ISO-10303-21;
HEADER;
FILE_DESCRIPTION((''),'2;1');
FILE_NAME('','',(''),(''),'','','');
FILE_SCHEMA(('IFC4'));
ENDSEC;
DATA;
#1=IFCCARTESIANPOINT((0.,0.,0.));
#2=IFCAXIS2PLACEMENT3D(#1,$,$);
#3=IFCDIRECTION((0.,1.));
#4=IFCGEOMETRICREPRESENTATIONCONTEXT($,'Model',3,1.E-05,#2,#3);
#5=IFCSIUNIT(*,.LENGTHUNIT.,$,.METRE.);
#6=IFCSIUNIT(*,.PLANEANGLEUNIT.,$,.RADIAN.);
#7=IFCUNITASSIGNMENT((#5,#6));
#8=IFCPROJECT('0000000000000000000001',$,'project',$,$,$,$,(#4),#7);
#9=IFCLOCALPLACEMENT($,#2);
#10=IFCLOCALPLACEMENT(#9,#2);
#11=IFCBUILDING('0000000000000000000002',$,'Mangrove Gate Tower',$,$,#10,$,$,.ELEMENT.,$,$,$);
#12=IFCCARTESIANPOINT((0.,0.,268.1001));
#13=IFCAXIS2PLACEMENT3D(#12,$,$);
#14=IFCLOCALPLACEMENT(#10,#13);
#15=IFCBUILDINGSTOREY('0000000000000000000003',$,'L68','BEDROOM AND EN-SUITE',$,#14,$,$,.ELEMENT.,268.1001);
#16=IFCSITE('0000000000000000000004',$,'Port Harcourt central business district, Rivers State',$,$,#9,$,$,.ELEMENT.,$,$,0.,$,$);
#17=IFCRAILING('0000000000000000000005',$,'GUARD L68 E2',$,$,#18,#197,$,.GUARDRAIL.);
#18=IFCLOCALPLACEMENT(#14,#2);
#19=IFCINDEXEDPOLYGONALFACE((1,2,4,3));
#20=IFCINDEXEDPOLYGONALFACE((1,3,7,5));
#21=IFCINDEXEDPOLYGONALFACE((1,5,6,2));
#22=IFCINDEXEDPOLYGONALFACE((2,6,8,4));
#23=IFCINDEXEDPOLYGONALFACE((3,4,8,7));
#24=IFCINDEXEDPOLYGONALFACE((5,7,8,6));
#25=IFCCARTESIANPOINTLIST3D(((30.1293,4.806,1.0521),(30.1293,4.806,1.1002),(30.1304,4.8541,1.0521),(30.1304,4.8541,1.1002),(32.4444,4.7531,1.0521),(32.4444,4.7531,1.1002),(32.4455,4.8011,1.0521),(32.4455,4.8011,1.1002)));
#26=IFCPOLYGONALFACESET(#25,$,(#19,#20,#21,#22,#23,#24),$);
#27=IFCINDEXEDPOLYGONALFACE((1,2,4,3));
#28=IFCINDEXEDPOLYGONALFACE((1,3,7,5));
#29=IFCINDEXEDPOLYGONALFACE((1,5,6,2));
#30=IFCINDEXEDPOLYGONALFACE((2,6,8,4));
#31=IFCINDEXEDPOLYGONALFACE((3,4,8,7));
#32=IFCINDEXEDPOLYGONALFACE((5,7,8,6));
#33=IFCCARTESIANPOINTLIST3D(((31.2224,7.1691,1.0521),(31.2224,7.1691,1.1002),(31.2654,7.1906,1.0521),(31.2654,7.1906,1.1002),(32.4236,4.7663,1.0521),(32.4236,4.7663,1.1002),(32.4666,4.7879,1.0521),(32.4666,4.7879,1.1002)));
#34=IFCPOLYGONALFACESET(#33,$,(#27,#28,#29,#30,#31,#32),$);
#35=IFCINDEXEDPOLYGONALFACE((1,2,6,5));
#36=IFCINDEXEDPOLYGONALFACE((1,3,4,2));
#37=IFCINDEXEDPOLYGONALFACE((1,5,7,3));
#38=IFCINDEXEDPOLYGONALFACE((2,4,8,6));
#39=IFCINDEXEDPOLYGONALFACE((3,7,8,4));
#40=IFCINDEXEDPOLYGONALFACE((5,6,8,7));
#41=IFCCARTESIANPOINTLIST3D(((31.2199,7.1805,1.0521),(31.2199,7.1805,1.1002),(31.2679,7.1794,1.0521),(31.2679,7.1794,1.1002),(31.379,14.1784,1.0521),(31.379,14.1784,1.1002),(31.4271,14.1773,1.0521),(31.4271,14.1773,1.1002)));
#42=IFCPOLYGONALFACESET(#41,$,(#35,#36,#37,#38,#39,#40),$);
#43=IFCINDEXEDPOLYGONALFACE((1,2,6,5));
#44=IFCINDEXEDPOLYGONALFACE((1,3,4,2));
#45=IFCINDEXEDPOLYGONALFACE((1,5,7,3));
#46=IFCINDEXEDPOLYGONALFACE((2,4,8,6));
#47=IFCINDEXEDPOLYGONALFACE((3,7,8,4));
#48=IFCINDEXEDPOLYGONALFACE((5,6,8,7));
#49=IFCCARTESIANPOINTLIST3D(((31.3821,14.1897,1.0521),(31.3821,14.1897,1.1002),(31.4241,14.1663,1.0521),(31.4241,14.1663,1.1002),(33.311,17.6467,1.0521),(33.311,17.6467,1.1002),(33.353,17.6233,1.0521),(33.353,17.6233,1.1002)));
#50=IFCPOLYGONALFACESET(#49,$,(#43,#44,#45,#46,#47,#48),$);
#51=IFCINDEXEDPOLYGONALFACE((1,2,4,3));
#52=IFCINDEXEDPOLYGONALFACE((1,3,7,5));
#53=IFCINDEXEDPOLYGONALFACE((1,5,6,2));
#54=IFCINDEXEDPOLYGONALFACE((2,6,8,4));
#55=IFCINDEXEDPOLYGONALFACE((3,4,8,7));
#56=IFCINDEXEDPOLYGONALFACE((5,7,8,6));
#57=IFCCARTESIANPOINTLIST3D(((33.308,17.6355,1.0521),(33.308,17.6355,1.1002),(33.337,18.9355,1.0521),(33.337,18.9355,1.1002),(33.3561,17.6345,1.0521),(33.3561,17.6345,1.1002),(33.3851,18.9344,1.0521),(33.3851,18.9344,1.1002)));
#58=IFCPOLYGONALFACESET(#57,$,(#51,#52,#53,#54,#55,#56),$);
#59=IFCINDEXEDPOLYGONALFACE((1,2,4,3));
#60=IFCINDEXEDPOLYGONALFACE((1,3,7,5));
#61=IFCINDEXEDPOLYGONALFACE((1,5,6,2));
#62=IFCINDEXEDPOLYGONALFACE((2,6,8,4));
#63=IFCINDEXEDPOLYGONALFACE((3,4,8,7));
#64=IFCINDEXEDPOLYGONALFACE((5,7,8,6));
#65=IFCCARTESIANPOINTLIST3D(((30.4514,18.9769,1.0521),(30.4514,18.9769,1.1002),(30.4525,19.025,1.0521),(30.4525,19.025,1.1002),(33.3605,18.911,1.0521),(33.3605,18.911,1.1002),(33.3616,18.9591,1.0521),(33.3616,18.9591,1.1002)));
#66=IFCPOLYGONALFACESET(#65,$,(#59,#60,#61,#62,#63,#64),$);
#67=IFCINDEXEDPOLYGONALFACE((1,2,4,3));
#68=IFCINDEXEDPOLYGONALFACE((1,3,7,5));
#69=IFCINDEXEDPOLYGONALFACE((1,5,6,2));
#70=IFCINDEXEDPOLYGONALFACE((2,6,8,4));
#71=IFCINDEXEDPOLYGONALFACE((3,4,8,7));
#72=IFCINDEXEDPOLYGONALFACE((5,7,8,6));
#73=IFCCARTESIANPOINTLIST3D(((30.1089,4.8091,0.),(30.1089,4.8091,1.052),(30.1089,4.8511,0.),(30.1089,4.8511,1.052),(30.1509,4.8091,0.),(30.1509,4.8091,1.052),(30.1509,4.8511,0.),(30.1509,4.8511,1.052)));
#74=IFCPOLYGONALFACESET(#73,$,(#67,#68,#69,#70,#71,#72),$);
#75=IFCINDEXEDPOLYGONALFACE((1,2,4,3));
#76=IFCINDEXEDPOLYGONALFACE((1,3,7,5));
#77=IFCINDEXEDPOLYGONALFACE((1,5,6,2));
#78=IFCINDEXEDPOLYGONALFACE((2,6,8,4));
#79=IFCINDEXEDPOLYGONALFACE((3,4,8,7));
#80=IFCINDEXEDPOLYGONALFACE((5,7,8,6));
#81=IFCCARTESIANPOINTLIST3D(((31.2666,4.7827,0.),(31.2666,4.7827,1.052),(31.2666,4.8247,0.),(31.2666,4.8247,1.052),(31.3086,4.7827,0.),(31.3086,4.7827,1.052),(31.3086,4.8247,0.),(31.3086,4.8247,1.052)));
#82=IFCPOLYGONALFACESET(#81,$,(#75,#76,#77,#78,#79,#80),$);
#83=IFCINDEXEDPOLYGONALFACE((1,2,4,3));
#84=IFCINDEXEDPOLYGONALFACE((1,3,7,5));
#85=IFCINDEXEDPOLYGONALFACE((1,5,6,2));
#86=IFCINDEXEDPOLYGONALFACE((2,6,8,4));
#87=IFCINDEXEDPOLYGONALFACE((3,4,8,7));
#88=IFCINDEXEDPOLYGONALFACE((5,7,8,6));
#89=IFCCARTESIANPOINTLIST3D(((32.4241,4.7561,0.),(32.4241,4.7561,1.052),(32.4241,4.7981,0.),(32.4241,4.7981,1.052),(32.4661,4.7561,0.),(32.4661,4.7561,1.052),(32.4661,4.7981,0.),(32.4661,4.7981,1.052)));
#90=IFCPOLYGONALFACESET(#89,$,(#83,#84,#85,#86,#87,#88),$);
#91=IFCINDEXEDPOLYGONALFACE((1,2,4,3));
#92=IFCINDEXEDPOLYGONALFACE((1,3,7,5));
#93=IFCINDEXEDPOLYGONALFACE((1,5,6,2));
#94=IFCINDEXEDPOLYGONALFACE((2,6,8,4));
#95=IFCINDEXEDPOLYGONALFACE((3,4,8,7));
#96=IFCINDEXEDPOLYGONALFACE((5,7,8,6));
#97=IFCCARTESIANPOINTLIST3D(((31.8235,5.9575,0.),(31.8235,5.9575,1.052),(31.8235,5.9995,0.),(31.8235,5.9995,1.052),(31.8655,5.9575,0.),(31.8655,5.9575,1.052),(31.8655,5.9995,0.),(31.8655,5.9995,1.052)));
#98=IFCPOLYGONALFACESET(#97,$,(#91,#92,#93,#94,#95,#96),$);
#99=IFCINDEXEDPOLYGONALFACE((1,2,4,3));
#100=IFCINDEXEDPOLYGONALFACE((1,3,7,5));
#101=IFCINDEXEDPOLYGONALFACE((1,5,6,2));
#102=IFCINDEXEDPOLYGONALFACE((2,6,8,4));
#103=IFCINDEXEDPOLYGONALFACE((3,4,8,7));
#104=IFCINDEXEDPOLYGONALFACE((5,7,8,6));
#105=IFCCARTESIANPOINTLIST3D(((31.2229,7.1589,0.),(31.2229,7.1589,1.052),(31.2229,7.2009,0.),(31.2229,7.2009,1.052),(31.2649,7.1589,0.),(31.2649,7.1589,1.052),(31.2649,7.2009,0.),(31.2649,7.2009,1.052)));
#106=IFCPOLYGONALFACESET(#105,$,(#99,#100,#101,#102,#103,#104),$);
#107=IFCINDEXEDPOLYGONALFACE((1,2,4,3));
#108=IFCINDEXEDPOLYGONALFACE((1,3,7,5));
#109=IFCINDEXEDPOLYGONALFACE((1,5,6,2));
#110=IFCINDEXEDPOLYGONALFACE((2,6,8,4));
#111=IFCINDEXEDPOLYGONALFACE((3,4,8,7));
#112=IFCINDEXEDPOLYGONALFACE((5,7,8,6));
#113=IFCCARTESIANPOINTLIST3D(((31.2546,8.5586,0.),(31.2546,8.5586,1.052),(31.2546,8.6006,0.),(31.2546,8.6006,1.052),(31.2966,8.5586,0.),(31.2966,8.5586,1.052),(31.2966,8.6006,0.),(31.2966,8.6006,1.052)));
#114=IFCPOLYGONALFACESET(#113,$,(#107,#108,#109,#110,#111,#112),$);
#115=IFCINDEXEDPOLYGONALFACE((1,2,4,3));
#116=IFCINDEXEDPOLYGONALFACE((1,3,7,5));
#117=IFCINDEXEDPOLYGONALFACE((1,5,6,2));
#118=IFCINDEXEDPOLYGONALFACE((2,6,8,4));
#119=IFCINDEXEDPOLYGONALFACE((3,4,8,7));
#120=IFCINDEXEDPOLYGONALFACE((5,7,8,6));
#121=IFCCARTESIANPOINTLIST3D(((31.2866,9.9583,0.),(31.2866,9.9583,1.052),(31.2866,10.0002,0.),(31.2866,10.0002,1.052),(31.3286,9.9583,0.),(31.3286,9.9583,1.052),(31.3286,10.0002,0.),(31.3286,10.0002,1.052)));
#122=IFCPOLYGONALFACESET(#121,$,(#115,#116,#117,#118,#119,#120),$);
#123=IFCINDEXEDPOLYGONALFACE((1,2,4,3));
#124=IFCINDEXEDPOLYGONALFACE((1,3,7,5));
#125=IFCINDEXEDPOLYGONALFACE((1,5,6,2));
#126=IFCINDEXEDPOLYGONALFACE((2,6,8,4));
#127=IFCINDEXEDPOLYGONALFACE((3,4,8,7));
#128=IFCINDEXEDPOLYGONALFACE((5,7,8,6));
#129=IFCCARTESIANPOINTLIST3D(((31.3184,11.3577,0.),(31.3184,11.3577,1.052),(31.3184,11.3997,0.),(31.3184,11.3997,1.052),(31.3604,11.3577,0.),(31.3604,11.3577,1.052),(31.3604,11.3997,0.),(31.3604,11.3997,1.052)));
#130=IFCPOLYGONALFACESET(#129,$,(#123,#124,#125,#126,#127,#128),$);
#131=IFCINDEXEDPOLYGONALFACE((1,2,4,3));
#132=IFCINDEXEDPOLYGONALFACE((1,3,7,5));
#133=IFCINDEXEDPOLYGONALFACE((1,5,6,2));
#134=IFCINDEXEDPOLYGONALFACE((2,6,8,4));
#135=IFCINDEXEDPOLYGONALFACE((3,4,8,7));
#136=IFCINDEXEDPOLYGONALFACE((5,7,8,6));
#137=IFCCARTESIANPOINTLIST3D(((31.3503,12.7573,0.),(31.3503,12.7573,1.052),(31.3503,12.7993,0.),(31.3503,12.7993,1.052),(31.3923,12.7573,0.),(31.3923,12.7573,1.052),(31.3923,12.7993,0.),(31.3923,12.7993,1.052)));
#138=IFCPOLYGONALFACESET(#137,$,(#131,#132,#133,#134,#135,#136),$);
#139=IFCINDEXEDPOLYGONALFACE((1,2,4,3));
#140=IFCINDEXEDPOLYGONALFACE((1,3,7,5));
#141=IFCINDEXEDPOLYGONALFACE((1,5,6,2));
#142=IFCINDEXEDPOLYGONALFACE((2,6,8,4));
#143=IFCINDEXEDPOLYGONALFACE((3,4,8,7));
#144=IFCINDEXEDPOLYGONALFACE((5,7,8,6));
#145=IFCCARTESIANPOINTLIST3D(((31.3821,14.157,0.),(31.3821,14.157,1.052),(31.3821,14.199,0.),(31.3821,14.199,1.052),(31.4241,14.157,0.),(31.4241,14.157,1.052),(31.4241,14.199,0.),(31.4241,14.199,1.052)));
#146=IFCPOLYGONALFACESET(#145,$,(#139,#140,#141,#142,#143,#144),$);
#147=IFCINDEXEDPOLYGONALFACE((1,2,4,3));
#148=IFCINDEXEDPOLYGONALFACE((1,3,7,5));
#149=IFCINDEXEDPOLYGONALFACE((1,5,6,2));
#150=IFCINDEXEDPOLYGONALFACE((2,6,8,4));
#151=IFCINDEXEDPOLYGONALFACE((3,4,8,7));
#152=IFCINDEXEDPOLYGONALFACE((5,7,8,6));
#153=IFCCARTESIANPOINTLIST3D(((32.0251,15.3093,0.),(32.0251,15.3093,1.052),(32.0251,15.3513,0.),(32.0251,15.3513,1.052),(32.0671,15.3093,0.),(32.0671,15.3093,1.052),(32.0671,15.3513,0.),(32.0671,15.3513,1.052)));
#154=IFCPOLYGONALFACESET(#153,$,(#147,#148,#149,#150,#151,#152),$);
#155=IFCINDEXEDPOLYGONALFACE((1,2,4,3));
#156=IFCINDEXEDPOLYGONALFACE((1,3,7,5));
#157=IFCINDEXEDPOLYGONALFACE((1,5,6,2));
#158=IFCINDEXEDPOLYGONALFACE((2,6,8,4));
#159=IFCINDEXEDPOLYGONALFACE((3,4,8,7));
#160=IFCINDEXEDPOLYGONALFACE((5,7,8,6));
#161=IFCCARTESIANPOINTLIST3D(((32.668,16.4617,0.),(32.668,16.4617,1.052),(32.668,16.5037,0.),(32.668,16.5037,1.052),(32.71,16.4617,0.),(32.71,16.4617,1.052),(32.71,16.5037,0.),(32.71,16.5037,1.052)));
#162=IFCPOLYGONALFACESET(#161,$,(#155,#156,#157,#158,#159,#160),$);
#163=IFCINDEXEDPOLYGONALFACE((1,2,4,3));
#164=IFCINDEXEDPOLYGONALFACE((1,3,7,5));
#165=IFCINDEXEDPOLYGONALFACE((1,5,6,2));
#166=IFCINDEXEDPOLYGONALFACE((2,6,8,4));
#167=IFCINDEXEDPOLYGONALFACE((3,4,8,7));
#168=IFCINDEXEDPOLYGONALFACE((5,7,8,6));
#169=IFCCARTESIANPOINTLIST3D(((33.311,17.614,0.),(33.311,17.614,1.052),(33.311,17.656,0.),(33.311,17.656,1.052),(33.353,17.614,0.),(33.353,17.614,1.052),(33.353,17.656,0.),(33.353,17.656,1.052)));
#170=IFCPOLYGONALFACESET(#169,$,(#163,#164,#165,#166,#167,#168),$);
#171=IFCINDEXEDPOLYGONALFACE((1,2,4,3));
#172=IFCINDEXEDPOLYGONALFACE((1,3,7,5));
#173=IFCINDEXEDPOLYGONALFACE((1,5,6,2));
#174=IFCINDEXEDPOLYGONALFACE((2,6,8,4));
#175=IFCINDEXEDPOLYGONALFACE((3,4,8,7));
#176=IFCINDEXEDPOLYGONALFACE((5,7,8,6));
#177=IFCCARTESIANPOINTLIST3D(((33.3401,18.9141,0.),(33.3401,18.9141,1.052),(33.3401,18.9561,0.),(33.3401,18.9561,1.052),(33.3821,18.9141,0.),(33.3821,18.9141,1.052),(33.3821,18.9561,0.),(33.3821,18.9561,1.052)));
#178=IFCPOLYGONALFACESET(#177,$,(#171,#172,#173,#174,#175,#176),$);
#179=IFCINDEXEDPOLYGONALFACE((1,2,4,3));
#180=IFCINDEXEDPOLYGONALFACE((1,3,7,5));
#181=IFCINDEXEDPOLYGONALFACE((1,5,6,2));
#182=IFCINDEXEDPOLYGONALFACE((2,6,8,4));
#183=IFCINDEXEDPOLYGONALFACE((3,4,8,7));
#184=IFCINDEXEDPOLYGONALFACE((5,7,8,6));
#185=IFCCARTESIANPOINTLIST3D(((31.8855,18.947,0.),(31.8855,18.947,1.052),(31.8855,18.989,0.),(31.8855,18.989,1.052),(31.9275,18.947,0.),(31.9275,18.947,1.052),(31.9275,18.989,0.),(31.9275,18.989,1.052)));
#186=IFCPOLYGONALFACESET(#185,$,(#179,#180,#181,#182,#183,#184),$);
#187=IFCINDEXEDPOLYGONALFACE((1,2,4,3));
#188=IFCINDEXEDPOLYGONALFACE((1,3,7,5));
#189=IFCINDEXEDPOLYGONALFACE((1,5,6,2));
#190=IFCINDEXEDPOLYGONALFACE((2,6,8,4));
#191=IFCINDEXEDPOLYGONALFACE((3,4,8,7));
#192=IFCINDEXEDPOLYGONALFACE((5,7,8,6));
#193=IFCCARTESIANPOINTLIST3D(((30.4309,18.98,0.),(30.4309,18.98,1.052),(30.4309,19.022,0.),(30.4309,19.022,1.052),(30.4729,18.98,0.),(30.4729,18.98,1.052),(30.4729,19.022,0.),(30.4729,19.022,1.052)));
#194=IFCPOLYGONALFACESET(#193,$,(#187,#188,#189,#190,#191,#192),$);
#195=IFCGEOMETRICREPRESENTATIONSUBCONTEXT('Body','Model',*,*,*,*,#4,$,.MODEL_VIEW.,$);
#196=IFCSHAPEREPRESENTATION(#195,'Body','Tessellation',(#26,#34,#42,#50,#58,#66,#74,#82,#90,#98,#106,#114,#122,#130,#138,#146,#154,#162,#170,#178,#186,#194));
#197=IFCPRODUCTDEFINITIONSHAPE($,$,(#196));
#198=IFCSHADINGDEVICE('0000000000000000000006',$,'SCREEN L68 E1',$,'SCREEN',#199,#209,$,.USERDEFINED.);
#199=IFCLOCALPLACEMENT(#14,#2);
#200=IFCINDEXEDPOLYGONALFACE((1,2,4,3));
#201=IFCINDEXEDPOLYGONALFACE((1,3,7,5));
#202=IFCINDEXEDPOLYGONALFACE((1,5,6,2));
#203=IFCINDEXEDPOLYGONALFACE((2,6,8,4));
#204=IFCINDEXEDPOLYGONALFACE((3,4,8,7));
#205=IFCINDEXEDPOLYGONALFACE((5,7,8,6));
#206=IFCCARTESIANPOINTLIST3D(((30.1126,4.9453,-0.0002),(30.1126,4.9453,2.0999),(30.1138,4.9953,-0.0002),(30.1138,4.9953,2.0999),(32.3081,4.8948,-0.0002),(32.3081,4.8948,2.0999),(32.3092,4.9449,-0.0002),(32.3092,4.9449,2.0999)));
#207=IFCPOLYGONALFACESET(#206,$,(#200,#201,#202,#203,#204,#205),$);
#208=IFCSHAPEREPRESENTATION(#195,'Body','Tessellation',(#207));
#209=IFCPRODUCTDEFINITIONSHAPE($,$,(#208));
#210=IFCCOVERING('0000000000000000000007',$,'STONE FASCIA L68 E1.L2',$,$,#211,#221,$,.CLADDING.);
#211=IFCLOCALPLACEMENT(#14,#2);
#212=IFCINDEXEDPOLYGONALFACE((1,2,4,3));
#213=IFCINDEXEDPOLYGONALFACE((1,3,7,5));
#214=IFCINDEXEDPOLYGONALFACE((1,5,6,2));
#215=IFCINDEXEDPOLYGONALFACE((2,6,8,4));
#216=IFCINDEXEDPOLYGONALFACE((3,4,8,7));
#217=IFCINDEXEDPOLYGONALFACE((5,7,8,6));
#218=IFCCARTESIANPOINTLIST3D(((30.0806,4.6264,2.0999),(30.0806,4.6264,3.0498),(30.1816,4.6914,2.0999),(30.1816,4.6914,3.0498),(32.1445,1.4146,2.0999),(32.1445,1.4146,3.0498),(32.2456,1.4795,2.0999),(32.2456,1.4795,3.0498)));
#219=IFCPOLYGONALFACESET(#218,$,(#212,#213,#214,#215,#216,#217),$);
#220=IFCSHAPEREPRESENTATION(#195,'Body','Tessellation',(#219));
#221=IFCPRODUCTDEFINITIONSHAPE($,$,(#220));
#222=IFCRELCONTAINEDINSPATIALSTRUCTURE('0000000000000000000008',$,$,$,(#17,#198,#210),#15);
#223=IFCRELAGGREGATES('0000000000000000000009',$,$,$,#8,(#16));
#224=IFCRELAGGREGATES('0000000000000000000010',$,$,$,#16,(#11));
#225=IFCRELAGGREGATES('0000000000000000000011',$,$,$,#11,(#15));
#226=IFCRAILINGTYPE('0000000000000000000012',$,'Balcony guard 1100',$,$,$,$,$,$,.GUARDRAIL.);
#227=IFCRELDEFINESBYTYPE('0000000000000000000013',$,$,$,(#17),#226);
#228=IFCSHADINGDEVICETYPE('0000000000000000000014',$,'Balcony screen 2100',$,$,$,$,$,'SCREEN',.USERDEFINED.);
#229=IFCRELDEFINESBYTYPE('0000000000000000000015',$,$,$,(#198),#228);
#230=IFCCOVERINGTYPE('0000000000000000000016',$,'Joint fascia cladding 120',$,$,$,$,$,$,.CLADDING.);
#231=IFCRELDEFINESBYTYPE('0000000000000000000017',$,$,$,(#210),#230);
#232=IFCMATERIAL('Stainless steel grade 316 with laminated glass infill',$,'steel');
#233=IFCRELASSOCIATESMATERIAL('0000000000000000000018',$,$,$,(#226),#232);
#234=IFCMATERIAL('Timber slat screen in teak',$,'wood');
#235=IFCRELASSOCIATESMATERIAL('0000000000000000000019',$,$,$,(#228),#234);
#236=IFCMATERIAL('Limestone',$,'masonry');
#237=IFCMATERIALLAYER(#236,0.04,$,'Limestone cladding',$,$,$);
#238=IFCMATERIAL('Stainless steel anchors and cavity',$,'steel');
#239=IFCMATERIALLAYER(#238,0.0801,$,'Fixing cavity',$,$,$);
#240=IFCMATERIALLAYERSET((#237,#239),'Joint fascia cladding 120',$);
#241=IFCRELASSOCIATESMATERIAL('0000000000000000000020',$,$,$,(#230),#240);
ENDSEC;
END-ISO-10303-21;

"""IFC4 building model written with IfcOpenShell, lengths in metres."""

from ifc_helpers import new_model, si_unit, direction, frame, frame_2d, origin, origin_2d, place, context, subcontext, project, spatial, rectangle, extrude, material, layer, layer_set, type_object, element, save


model = new_model("IFC4")

# Units and contexts
model_context = context("Model", 3, precision=1e-05, world=origin(), true_north=direction((0.0, 1.0)))
body_context = subcontext(model_context, "Body", "Model", "MODEL_VIEW")
ifc_project = project(units=[si_unit("LENGTHUNIT", "METRE"), si_unit("PLANEANGLEUNIT", "RADIAN")], contexts=[model_context])

# Site, building, storey
site_placement = place(None, origin())
site = spatial("IfcSite", under=ifc_project, at=site_placement, Name="Port Harcourt central business district, Rivers State", CompositionType="ELEMENT", RefElevation=0.0)
building_placement = place(site_placement, origin())
building = spatial("IfcBuilding", under=site, at=building_placement, Name="Mangrove Gate Tower", CompositionType="ELEMENT")
storey_placement = place(building_placement, frame((0.0, 0.0, 268.1001)))
storey = spatial("IfcBuildingStorey", under=building, at=storey_placement, Name="L68", Description="BEDROOM AND EN-SUITE", CompositionType="ELEMENT", Elevation=268.1001)

# Shared definitions
ifc_material_1 = material(Name="Limestone", Category="masonry")

# Railing
ifc_material_2 = material(Name="Stainless steel grade 316 with laminated glass infill", Category="steel")
railing_type = type_object("IfcRailingType", Name="Balcony guard 1100", PredefinedType="GUARDRAIL", material=ifc_material_2)
railing_placement = place(storey_placement, frame((30.1299, 4.8301, 0.0)))
element("IfcRailing", 1, at=railing_placement, inside=storey, type_object=railing_type, Name="GUARD L68 E2", PredefinedType="GUARDRAIL", context=body_context, shape_type="SweptSolid", body=[
    extrude(rectangle(XDim=0.0481, YDim=0.0481, at=origin_2d()), frame((0.0, 0.0, 1.0762), z_axis=(0.999738, -0.022877, 0.0), x_axis=(0.022877, 0.999738, 0.0)), (0.0, 0.0, 1.0), 2.3157),
    extrude(rectangle(XDim=0.0481, YDim=0.0481, at=origin_2d()), frame((2.3152, -0.053, 1.0762), z_axis=(-0.447141, 0.894464, 0.0), x_axis=(-0.894464, -0.447141, 0.0)), (0.0, 0.0, 1.0), 2.6863),
    extrude(rectangle(XDim=0.0481, YDim=0.0481, at=origin_2d()), frame((1.114, 2.3499, 1.0762), z_axis=(0.02274, 0.999741, 0.0), x_axis=(-0.999741, 0.02274, 0.0)), (0.0, 0.0, 1.0), 6.9998),
    extrude(rectangle(XDim=0.0481, YDim=0.0481, at=origin_2d()), frame((1.2732, 9.3479, 1.0762), z_axis=(0.48726, 0.873257, 0.0), x_axis=(-0.873257, 0.48726, 0.0)), (0.0, 0.0, 1.0), 3.9587),
    extrude(rectangle(XDim=0.0481, YDim=0.0481, at=origin_2d()), frame((3.2021, 12.8049, 1.0762), z_axis=(0.022342, 0.99975, 0.0), x_axis=(-0.99975, 0.022342, 0.0)), (0.0, 0.0, 1.0), 1.3003),
    extrude(rectangle(XDim=0.0481, YDim=0.0481, at=origin_2d()), frame((3.2312, 14.105, 1.0762), z_axis=(-0.999743, 0.022653, 0.0), x_axis=(-0.022653, -0.999743, 0.0)), (0.0, 0.0, 1.0), 2.9099),
    extrude(rectangle(XDim=0.042, YDim=0.042, at=origin_2d()), origin(), (0.0, 0.0, 1.0), 1.052),
    extrude(rectangle(XDim=0.042, YDim=0.042, at=origin_2d()), frame((1.1577, -0.0264, 0.0)), (0.0, 0.0, 1.0), 1.052),
    extrude(rectangle(XDim=0.042, YDim=0.042, at=origin_2d()), frame((2.3152, -0.053, 0.0)), (0.0, 0.0, 1.0), 1.052),
    extrude(rectangle(XDim=0.042, YDim=0.042, at=origin_2d()), frame((1.7146, 1.1484, 0.0)), (0.0, 0.0, 1.0), 1.052),
    extrude(rectangle(XDim=0.042, YDim=0.042, at=origin_2d()), frame((1.114, 2.3499, 0.0)), (0.0, 0.0, 1.0), 1.052),
    extrude(rectangle(XDim=0.042, YDim=0.042, at=origin_2d()), frame((1.1458, 3.7495, 0.0)), (0.0, 0.0, 1.0), 1.052),
    extrude(rectangle(XDim=0.042, YDim=0.042, at=origin_2d()), frame((1.1777, 5.1492, 0.0)), (0.0, 0.0, 1.0), 1.052),
    extrude(rectangle(XDim=0.042, YDim=0.042, at=origin_2d()), frame((1.2095, 6.5486, 0.0)), (0.0, 0.0, 1.0), 1.052),
    extrude(rectangle(XDim=0.042, YDim=0.042, at=origin_2d()), frame((1.2415, 7.9482, 0.0)), (0.0, 0.0, 1.0), 1.052),
    extrude(rectangle(XDim=0.042, YDim=0.042, at=origin_2d()), frame((1.2732, 9.3479, 0.0)), (0.0, 0.0, 1.0), 1.052),
    extrude(rectangle(XDim=0.042, YDim=0.042, at=origin_2d()), frame((1.9163, 10.5002, 0.0)), (0.0, 0.0, 1.0), 1.052),
    extrude(rectangle(XDim=0.042, YDim=0.042, at=origin_2d()), frame((2.5591, 11.6526, 0.0)), (0.0, 0.0, 1.0), 1.052),
    extrude(rectangle(XDim=0.042, YDim=0.042, at=origin_2d()), frame((3.2021, 12.8049, 0.0)), (0.0, 0.0, 1.0), 1.052),
    extrude(rectangle(XDim=0.042, YDim=0.042, at=origin_2d()), frame((3.2312, 14.105, 0.0)), (0.0, 0.0, 1.0), 1.052),
    extrude(rectangle(XDim=0.042, YDim=0.042, at=origin_2d()), frame((1.7766, 14.1379, 0.0)), (0.0, 0.0, 1.0), 1.052),
    extrude(rectangle(XDim=0.042, YDim=0.042, at=origin_2d()), frame((0.322, 14.1709, 0.0)), (0.0, 0.0, 1.0), 1.052),
])

# Shading device
ifc_material_3 = material(Name="Timber slat screen in teak", Category="wood")
shading_device_type = type_object("IfcShadingDeviceType", Name="Balcony screen 2100", ElementType="SCREEN", PredefinedType="USERDEFINED", material=ifc_material_3)
shading_device_placement = place(storey_placement, frame((31.2109, 4.9451, -0.0002), z_axis=(0.0, 0.0, 1.0), x_axis=(0.999736, -0.022967, 0.0)))
element("IfcShadingDevice", 2, at=shading_device_placement, inside=storey, type_object=shading_device_type, Name="SCREEN L68 E1", ObjectType="SCREEN", PredefinedType="USERDEFINED", context=body_context, shape_type="SweptSolid", body=[
    extrude(rectangle(XDim=2.196, YDim=0.05, at=origin_2d()), origin(), (0.0, 0.0, 1.0), 2.1001),
])

# Covering
ifc_layer_1 = layer(ifc_material_1, 0.04, Name="Limestone cladding")
ifc_material_4 = material(Name="Stainless steel anchors and cavity", Category="steel")
ifc_layer_2 = layer(ifc_material_4, 0.0801, Name="Fixing cavity")
ifc_layer_set_1 = layer_set([ifc_layer_1, ifc_layer_2], Name="Joint fascia cladding 120")
covering_type = type_object("IfcCoveringType", Name="Joint fascia cladding 120", PredefinedType="CLADDING", material=ifc_layer_set_1)
covering_placement = place(storey_placement, frame((32.1951, 1.447, 2.0999), z_axis=(0.0, 0.0, 1.0), x_axis=(-0.540602, 0.841278, 0.0)))
element("IfcCovering", 3, at=covering_placement, inside=storey, type_object=covering_type, Name="STONE FASCIA L68 E1.L2", PredefinedType="CLADDING", context=body_context, shape_type="SweptSolid", body=[
    extrude(rectangle(XDim=3.8179, YDim=0.1201, at=frame_2d((1.9089, 0.0))), origin(), (0.0, 0.0, 1.0), 0.95),
])

save(model, "model.ifc")
